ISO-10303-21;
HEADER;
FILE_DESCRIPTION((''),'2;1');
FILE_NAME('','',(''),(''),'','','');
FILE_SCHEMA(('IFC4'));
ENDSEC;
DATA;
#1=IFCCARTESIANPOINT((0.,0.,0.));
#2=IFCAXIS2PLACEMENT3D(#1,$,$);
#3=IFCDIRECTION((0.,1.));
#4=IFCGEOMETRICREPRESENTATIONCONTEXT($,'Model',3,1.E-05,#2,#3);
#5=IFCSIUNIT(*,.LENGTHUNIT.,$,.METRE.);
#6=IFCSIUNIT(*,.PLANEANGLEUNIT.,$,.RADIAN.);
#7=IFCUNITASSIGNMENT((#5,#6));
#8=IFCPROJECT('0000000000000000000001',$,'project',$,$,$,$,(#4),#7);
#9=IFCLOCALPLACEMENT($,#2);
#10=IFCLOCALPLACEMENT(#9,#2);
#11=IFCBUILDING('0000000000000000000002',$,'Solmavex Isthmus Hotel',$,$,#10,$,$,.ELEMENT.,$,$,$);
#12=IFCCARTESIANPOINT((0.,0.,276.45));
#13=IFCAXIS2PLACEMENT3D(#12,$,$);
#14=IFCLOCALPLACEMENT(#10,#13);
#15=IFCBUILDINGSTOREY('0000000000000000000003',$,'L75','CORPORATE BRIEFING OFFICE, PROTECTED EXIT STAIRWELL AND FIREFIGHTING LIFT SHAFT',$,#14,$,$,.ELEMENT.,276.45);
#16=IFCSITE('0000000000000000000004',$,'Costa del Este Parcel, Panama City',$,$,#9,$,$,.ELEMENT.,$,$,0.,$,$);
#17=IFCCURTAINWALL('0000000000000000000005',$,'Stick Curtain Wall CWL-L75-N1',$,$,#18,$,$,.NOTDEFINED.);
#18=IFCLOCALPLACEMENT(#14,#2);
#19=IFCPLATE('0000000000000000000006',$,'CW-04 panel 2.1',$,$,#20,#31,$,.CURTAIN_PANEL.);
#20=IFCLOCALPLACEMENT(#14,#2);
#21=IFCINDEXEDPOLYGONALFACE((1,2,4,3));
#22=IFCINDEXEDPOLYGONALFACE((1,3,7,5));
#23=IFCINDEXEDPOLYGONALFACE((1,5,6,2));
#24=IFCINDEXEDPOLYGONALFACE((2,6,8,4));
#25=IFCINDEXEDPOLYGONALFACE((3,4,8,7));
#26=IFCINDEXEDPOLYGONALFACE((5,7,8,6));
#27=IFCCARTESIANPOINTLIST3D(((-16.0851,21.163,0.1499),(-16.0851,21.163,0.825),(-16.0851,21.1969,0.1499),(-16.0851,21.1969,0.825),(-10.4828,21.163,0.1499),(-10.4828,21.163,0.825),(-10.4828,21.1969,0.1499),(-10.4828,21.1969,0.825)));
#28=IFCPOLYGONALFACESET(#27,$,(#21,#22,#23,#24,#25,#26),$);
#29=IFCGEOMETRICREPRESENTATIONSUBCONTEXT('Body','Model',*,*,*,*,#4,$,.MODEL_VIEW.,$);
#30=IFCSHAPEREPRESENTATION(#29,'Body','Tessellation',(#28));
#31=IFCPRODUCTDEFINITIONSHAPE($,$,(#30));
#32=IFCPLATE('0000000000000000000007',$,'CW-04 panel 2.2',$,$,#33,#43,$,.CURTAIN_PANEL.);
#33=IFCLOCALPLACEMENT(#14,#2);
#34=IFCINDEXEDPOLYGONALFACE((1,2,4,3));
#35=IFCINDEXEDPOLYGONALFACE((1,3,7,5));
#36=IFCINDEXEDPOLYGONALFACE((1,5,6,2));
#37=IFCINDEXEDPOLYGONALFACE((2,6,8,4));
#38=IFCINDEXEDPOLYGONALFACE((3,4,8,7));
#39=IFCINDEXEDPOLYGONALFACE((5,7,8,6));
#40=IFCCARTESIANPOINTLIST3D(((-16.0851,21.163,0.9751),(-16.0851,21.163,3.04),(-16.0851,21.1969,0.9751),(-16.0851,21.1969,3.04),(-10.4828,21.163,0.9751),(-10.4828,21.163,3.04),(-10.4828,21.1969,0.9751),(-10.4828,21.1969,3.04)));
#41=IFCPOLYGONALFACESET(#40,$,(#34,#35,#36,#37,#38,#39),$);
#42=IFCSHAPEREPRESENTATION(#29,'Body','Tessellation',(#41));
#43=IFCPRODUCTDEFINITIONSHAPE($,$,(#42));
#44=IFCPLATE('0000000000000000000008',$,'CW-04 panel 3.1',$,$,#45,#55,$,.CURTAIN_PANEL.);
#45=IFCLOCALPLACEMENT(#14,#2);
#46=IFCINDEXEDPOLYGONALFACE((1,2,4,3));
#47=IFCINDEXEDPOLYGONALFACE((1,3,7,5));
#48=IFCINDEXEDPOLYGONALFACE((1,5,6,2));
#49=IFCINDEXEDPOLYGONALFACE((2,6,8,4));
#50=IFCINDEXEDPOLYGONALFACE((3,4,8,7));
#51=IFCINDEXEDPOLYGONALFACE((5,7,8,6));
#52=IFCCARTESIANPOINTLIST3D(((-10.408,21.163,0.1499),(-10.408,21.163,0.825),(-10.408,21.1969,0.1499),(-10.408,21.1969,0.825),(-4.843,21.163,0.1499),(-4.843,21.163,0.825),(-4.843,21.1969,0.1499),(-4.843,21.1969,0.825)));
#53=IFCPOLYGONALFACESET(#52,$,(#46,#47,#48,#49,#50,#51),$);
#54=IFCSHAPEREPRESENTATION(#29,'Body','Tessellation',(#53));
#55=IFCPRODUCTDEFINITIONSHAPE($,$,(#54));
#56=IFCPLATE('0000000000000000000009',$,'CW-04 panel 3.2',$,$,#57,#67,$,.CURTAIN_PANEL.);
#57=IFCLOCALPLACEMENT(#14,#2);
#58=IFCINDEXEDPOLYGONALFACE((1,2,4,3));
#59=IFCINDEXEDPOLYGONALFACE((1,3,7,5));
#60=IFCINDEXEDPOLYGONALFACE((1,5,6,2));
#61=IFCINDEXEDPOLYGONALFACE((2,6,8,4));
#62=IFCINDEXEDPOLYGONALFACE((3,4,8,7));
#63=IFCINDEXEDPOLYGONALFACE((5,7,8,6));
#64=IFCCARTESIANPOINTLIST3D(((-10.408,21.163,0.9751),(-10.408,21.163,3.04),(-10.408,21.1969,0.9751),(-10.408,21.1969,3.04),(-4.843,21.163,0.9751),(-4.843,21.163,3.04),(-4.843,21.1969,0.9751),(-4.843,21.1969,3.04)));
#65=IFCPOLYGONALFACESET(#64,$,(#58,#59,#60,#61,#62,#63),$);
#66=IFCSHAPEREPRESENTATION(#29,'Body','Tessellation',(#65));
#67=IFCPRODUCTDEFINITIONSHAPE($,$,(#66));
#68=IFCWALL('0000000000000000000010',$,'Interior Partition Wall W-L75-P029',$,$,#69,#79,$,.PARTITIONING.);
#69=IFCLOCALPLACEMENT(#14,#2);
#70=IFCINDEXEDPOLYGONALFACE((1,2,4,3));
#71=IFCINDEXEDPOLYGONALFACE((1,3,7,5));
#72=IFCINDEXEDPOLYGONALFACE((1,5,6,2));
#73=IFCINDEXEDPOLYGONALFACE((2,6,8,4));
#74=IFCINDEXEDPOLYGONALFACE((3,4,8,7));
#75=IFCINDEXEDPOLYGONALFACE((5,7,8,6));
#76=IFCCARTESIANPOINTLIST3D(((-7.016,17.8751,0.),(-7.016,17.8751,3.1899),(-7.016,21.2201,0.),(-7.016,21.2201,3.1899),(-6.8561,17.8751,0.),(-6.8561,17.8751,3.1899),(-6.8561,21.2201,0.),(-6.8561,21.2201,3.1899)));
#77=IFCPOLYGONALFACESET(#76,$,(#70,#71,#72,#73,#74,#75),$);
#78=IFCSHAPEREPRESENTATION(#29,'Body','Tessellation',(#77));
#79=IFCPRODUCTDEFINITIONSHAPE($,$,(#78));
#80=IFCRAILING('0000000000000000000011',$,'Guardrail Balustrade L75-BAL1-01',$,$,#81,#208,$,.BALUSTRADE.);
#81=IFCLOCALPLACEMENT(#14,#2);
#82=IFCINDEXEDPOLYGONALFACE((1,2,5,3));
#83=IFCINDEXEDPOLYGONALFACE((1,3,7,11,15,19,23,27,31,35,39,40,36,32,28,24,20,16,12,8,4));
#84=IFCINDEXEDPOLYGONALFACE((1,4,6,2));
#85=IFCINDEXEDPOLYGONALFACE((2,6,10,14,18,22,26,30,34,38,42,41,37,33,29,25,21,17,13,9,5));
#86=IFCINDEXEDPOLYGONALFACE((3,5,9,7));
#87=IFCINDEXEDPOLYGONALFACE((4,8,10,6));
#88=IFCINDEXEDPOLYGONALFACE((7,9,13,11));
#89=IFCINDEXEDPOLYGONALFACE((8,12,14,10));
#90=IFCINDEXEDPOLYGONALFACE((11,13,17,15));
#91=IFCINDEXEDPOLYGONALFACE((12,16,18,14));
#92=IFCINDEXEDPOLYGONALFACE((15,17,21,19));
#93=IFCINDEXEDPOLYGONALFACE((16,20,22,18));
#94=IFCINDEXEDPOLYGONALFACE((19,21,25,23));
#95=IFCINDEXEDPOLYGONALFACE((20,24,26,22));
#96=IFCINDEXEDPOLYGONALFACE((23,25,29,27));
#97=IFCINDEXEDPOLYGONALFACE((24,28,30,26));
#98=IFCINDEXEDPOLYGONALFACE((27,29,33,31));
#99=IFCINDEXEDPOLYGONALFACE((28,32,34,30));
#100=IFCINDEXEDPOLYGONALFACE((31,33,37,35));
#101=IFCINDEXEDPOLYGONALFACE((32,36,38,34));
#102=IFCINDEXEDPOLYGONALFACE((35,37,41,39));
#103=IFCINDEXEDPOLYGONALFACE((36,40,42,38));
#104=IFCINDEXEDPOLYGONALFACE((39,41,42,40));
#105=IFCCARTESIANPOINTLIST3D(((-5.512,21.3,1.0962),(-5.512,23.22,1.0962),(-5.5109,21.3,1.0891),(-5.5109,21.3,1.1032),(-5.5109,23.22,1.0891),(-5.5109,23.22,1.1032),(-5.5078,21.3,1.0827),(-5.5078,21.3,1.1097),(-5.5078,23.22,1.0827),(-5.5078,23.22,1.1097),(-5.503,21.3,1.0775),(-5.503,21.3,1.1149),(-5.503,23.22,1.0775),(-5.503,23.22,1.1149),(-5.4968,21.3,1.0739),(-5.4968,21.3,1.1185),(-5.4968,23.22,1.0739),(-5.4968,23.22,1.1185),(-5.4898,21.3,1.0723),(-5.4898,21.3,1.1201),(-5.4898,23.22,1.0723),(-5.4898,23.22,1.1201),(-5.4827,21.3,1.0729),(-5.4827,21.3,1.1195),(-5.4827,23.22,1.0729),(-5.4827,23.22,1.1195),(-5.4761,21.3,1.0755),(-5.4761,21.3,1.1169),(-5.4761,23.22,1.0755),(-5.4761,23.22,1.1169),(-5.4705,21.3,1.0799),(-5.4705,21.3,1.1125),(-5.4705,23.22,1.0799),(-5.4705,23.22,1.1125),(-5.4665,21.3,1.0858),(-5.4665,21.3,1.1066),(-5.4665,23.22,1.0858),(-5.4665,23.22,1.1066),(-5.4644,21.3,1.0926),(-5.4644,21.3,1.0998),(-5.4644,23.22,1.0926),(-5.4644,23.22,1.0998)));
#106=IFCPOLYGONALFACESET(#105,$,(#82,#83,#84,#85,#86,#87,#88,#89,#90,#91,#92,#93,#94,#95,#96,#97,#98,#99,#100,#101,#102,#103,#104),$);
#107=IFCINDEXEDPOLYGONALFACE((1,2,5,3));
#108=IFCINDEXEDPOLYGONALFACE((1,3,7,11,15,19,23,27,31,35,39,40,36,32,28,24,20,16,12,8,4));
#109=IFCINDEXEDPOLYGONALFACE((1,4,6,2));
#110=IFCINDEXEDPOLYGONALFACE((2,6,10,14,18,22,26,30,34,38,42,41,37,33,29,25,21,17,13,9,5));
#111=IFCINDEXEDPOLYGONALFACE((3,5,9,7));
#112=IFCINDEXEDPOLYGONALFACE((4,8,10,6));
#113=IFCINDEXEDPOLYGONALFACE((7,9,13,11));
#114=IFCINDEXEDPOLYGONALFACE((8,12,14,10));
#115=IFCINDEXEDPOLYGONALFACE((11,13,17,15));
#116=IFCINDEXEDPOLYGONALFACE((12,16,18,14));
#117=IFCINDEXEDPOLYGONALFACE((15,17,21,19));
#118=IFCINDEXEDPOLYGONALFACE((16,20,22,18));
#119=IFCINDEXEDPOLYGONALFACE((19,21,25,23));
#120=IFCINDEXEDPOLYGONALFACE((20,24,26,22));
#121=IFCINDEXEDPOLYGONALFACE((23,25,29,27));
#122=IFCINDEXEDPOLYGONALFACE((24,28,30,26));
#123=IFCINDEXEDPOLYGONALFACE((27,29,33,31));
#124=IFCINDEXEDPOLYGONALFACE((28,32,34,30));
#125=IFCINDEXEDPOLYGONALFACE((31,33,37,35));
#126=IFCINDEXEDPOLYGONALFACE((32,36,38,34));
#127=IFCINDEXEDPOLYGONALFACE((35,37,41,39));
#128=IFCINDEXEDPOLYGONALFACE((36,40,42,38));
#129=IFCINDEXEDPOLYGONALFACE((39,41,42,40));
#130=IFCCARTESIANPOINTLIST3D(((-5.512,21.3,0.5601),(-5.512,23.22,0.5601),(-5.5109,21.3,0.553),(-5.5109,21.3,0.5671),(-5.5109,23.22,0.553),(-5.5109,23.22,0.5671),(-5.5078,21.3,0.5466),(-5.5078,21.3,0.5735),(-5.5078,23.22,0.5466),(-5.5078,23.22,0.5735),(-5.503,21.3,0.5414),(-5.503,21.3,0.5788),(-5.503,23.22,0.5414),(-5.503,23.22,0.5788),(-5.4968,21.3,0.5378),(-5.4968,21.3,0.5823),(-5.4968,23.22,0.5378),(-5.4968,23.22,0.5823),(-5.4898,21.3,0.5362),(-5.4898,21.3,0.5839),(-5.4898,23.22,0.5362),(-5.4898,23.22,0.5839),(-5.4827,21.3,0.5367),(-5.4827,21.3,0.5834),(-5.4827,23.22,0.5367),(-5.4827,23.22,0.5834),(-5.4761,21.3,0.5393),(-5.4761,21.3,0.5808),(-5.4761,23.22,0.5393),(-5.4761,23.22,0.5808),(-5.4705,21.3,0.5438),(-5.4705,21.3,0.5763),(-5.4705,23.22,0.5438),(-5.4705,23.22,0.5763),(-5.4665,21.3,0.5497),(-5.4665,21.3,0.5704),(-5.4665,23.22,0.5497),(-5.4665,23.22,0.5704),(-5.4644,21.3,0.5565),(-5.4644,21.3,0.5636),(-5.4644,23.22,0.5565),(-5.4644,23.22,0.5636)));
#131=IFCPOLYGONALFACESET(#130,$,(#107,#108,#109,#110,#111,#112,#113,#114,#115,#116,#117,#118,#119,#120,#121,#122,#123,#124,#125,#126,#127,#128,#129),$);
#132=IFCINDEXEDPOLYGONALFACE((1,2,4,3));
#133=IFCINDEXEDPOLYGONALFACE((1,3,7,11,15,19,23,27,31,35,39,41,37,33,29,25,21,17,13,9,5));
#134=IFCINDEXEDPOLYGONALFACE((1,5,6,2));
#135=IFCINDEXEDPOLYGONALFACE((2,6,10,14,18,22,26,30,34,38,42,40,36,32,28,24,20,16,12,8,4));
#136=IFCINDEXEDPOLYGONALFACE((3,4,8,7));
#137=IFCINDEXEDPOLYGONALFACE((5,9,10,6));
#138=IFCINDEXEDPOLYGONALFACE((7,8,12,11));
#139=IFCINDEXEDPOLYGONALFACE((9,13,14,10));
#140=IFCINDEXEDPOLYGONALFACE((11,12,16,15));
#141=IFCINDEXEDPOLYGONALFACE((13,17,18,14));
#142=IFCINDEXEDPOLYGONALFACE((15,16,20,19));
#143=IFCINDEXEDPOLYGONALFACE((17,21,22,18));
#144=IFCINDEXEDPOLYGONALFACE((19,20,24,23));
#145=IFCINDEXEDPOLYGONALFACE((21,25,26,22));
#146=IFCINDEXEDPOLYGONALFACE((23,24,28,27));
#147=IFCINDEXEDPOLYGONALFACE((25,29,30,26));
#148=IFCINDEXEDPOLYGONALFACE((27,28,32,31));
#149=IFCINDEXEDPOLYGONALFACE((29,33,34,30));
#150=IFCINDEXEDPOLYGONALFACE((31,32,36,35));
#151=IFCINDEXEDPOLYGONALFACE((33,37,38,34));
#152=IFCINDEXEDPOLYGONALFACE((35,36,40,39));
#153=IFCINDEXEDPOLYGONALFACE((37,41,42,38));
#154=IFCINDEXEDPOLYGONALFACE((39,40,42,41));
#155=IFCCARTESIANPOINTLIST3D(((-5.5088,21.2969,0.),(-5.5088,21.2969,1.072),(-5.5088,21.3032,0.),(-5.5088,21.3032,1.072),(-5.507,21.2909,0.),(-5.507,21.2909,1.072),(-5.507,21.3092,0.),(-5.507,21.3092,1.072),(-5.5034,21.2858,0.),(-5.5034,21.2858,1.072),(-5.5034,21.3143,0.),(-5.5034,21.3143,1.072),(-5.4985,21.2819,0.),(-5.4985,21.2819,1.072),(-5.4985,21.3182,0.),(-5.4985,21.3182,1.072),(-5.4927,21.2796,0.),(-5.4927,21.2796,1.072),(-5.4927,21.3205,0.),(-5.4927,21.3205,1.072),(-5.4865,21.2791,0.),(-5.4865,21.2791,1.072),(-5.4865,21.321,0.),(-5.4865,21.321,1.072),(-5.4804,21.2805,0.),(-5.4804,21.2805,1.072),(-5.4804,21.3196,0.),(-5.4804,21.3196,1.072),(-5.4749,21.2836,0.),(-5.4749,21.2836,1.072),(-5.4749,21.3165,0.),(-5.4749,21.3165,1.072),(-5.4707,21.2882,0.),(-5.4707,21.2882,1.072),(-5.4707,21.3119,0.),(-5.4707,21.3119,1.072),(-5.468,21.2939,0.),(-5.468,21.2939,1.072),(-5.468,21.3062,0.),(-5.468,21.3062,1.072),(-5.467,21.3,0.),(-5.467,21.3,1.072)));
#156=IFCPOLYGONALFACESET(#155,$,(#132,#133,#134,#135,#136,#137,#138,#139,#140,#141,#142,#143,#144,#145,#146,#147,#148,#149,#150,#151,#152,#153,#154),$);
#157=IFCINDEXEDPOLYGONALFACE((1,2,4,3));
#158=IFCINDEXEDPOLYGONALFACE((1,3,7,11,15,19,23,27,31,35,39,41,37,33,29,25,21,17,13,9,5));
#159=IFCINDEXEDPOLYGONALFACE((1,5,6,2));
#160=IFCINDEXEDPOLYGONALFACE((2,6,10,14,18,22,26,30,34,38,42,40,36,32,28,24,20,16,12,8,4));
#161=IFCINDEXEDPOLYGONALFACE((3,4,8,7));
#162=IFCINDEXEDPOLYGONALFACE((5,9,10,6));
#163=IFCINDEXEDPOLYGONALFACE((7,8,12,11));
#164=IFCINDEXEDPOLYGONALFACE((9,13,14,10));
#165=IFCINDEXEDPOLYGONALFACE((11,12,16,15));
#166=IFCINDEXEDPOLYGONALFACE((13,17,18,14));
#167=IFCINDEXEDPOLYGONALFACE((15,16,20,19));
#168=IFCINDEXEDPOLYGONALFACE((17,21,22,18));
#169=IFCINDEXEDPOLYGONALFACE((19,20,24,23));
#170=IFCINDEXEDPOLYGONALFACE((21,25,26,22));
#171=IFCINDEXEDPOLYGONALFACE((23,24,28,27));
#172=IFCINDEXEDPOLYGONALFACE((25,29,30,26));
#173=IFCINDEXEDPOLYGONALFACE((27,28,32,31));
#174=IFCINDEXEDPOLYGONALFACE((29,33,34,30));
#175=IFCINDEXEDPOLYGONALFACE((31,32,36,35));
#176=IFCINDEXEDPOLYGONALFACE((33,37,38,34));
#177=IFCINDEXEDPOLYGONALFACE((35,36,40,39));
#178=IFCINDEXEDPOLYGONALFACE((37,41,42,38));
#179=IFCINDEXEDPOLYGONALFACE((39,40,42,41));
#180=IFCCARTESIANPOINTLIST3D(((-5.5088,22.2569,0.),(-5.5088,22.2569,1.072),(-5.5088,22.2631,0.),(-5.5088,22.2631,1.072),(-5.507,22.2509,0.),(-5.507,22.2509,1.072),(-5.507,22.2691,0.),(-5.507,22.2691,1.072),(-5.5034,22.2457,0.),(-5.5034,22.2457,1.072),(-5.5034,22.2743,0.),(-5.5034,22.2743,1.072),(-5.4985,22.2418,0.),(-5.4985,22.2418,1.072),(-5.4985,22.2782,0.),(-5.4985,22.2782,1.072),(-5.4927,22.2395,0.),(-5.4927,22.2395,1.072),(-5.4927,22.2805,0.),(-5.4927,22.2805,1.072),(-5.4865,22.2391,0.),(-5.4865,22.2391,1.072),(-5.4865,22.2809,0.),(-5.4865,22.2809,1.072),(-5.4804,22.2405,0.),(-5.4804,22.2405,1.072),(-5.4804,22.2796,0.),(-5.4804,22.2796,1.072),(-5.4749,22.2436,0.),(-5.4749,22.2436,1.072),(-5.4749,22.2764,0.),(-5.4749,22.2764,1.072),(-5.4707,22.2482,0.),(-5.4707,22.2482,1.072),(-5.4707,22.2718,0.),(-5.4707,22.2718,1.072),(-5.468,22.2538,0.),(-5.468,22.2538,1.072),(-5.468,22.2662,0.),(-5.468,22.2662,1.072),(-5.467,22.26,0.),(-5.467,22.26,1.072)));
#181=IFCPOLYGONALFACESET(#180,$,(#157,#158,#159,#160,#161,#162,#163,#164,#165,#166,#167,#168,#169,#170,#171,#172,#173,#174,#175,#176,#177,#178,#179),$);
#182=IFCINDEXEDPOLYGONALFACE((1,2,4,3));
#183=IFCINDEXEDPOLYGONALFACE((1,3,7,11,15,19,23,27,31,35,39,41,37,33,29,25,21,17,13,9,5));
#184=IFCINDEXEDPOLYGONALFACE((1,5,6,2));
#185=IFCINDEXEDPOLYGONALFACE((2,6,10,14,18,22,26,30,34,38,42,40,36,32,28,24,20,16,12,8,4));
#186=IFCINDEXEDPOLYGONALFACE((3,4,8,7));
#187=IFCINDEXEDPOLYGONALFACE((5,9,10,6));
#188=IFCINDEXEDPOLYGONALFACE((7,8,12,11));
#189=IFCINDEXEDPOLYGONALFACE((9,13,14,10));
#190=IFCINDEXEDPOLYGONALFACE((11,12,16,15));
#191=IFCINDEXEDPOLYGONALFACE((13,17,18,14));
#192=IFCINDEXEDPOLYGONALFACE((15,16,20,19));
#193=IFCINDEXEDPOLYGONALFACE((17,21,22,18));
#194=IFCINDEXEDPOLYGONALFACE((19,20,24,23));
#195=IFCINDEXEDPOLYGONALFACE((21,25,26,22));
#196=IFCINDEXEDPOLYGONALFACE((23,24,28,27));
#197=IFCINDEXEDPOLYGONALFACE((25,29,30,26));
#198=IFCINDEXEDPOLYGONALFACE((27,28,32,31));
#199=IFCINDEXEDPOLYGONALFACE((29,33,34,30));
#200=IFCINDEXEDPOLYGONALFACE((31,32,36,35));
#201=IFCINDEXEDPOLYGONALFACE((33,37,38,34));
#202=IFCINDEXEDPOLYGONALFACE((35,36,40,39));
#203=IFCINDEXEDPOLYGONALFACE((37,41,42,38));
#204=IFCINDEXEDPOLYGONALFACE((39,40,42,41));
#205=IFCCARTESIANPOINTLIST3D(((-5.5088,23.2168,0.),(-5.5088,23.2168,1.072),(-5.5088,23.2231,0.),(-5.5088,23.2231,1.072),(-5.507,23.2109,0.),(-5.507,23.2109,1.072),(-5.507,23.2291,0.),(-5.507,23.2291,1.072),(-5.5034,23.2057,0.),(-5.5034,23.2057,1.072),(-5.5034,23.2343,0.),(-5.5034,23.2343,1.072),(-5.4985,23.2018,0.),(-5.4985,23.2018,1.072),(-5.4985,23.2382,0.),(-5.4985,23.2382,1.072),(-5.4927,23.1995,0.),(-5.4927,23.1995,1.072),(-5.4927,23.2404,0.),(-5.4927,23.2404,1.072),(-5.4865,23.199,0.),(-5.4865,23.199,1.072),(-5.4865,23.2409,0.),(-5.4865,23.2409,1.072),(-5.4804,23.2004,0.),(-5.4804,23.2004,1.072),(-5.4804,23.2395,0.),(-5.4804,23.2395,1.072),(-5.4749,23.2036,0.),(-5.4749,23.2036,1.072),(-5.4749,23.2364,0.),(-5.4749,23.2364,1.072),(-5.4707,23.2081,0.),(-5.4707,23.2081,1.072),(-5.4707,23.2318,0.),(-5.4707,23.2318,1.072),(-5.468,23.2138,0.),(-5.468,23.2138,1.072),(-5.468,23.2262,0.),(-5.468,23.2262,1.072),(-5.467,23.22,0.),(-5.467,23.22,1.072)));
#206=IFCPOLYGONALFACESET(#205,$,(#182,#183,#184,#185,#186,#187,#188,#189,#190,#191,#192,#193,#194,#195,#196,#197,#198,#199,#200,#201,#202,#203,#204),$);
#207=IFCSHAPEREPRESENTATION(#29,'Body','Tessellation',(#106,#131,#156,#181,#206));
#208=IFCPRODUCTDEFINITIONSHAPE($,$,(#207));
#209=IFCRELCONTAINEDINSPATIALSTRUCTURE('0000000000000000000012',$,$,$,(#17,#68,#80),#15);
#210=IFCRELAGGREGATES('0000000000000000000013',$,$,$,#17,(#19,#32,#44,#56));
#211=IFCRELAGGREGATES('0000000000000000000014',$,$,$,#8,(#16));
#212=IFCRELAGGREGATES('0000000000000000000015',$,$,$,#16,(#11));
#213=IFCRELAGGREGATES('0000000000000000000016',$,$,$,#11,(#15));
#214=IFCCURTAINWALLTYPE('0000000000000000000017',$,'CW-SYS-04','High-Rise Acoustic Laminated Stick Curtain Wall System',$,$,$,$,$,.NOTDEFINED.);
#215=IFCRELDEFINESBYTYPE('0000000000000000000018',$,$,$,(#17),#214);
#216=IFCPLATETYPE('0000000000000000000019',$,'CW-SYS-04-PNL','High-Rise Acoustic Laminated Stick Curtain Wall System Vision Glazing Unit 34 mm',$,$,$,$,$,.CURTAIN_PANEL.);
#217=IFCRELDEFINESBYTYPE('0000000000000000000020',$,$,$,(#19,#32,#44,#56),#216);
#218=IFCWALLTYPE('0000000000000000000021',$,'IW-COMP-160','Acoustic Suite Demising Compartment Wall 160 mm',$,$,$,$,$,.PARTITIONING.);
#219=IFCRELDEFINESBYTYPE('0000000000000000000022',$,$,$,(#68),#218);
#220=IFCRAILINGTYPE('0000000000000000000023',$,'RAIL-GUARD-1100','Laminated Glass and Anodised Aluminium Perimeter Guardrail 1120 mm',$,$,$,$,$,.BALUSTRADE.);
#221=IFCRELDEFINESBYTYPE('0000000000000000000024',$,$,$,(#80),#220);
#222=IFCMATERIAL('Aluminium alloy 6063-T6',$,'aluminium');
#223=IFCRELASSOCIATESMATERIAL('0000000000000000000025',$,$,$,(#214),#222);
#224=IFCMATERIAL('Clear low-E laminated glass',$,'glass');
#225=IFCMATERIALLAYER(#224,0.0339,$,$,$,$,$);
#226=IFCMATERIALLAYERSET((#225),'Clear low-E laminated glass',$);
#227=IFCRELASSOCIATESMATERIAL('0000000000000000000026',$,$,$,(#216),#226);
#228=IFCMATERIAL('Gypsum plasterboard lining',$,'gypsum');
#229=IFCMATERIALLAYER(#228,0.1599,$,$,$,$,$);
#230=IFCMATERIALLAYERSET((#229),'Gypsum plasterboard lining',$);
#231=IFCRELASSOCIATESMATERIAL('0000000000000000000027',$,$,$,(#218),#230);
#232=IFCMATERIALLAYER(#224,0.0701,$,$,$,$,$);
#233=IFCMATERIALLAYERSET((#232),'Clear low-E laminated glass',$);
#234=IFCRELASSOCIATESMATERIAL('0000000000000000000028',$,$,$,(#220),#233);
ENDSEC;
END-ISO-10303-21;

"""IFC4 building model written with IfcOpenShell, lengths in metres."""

from ifc_helpers import new_model, si_unit, direction, frame, frame_2d, origin, origin_2d, place, context, subcontext, project, spatial, rectangle, circle, extrude, material, layer, layer_set, type_object, element, aggregate, save


model = new_model("IFC4")

# Units and contexts
model_context = context("Model", 3, precision=1e-05, world=origin(), true_north=direction((0.0, 1.0)))
body_context = subcontext(model_context, "Body", "Model", "MODEL_VIEW")
ifc_project = project(units=[si_unit("LENGTHUNIT", "METRE"), si_unit("PLANEANGLEUNIT", "RADIAN")], contexts=[model_context])

# Site, building, storey
site_placement = place(None, origin())
site = spatial("IfcSite", under=ifc_project, at=site_placement, Name="Costa del Este Parcel, Panama City", CompositionType="ELEMENT", RefElevation=0.0)
building_placement = place(site_placement, origin())
building = spatial("IfcBuilding", under=site, at=building_placement, Name="Solmavex Isthmus Hotel", CompositionType="ELEMENT")
storey_placement = place(building_placement, frame((0.0, 0.0, 276.45)))
storey = spatial("IfcBuildingStorey", under=building, at=storey_placement, Name="L75", Description="CORPORATE BRIEFING OFFICE, PROTECTED EXIT STAIRWELL AND FIREFIGHTING LIFT SHAFT", CompositionType="ELEMENT", Elevation=276.45)

# Curtain wall
ifc_material_1 = material(Name="Aluminium alloy 6063-T6", Category="aluminium")
curtain_wall_type = type_object("IfcCurtainWallType", Name="CW-SYS-04", Description="High-Rise Acoustic Laminated Stick Curtain Wall System", PredefinedType="NOTDEFINED", material=ifc_material_1)
curtain_wall_1_placement = place(storey_placement, origin())
curtain_wall_1 = element("IfcCurtainWall", 1, at=curtain_wall_1_placement, inside=storey, type_object=curtain_wall_type, Name="Stick Curtain Wall CWL-L75-N1", PredefinedType="NOTDEFINED")

# Plates
ifc_material_2 = material(Name="Clear low-E laminated glass", Category="glass")
ifc_layer_1 = layer(ifc_material_2, 0.0339)
ifc_layer_set_1 = layer_set([ifc_layer_1], Name="Clear low-E laminated glass")
plate_type = type_object("IfcPlateType", Name="CW-SYS-04-PNL", Description="High-Rise Acoustic Laminated Stick Curtain Wall System Vision Glazing Unit 34 mm", PredefinedType="CURTAIN_PANEL", material=ifc_layer_set_1)
plate_1_placement = place(storey_placement, frame((-13.2839, 21.1799, 0.1499), z_axis=(0.0, 0.0, 1.0), x_axis=(1.0, 0.0, 0.0)))
plate_1 = element("IfcPlate", 2, at=plate_1_placement, type_object=plate_type, Name="CW-04 panel 2.1", PredefinedType="CURTAIN_PANEL", context=body_context, shape_type="SweptSolid", body=[
    extrude(rectangle(XDim=5.6023, YDim=0.0339, at=origin_2d()), origin(), (0.0, 0.0, 1.0), 0.675),
])
plate_2_placement = place(storey_placement, frame((-13.2839, 21.1799, 0.9751), z_axis=(0.0, 0.0, 1.0), x_axis=(1.0, 0.0, 0.0)))
plate_2 = element("IfcPlate", 3, at=plate_2_placement, type_object=plate_type, Name="CW-04 panel 2.2", PredefinedType="CURTAIN_PANEL", context=body_context, shape_type="SweptSolid", body=[
    extrude(rectangle(XDim=5.6023, YDim=0.0339, at=origin_2d()), origin(), (0.0, 0.0, 1.0), 2.0649),
])
plate_3_placement = place(storey_placement, frame((-7.6255, 21.1799, 0.1499), z_axis=(0.0, 0.0, 1.0), x_axis=(1.0, 0.0, 0.0)))
plate_3 = element("IfcPlate", 4, at=plate_3_placement, type_object=plate_type, Name="CW-04 panel 3.1", PredefinedType="CURTAIN_PANEL", context=body_context, shape_type="SweptSolid", body=[
    extrude(rectangle(XDim=5.5649, YDim=0.0339, at=origin_2d()), origin(), (0.0, 0.0, 1.0), 0.675),
])
plate_4_placement = place(storey_placement, frame((-7.6255, 21.1799, 0.9751), z_axis=(0.0, 0.0, 1.0), x_axis=(1.0, 0.0, 0.0)))
plate_4 = element("IfcPlate", 5, at=plate_4_placement, type_object=plate_type, Name="CW-04 panel 3.2", PredefinedType="CURTAIN_PANEL", context=body_context, shape_type="SweptSolid", body=[
    extrude(rectangle(XDim=5.5649, YDim=0.0339, at=origin_2d()), origin(), (0.0, 0.0, 1.0), 2.0649),
])
aggregate(curtain_wall_1, [plate_1, plate_2, plate_3, plate_4])

# Wall
ifc_material_3 = material(Name="Gypsum plasterboard lining", Category="gypsum")
ifc_layer_2 = layer(ifc_material_3, 0.1599)
ifc_layer_set_2 = layer_set([ifc_layer_2], Name="Gypsum plasterboard lining")
wall_type_1 = type_object("IfcWallType", Name="IW-COMP-160", Description="Acoustic Suite Demising Compartment Wall 160 mm", PredefinedType="PARTITIONING", material=ifc_layer_set_2)
wall_1_placement = place(storey_placement, frame((-6.936, 21.22, 0.0), z_axis=(0.0, 0.0, 1.0), x_axis=(0.0, -1.0, 0.0)))
element("IfcWall", 6, at=wall_1_placement, inside=storey, type_object=wall_type_1, Name="Interior Partition Wall W-L75-P029", PredefinedType="PARTITIONING", context=body_context, shape_type="SweptSolid", body=[
    extrude(rectangle(XDim=3.345, YDim=0.1599, at=frame_2d((1.6724, 0.0))), origin(), (0.0, 0.0, 1.0), 3.1899),
])

# Railing
ifc_layer_3 = layer(ifc_material_2, 0.0701)
ifc_layer_set_3 = layer_set([ifc_layer_3], Name="Clear low-E laminated glass")
railing_type = type_object("IfcRailingType", Name="RAIL-GUARD-1100", Description="Laminated Glass and Anodised Aluminium Perimeter Guardrail 1120 mm", PredefinedType="BALUSTRADE", material=ifc_layer_set_3)
railing_1_placement = place(storey_placement, frame((-5.488, 21.3, 0.0)))
element("IfcRailing", 7, at=railing_1_placement, inside=storey, type_object=railing_type, Name="Guardrail Balustrade L75-BAL1-01", PredefinedType="BALUSTRADE", context=body_context, shape_type="SweptSolid", body=[
    extrude(circle(Radius=0.0239, at=origin_2d()), frame((0.0, 0.0, 1.0962), z_axis=(0.0, 1.0, 0.0), x_axis=(-1.0, 0.0, 0.0)), (0.0, 0.0, 1.0), 1.9199),
    extrude(circle(Radius=0.0239, at=origin_2d()), frame((0.0, 0.0, 0.5601), z_axis=(0.0, 1.0, 0.0), x_axis=(-1.0, 0.0, 0.0)), (0.0, 0.0, 1.0), 1.9199),
    extrude(circle(Radius=0.021, at=origin_2d()), origin(), (0.0, 0.0, 1.0), 1.072),
    extrude(circle(Radius=0.021, at=origin_2d()), frame((0.0, 0.96, 0.0)), (0.0, 0.0, 1.0), 1.072),
    extrude(circle(Radius=0.021, at=origin_2d()), frame((0.0, 1.9199, 0.0)), (0.0, 0.0, 1.0), 1.072),
])

save(model, "model.ifc")
